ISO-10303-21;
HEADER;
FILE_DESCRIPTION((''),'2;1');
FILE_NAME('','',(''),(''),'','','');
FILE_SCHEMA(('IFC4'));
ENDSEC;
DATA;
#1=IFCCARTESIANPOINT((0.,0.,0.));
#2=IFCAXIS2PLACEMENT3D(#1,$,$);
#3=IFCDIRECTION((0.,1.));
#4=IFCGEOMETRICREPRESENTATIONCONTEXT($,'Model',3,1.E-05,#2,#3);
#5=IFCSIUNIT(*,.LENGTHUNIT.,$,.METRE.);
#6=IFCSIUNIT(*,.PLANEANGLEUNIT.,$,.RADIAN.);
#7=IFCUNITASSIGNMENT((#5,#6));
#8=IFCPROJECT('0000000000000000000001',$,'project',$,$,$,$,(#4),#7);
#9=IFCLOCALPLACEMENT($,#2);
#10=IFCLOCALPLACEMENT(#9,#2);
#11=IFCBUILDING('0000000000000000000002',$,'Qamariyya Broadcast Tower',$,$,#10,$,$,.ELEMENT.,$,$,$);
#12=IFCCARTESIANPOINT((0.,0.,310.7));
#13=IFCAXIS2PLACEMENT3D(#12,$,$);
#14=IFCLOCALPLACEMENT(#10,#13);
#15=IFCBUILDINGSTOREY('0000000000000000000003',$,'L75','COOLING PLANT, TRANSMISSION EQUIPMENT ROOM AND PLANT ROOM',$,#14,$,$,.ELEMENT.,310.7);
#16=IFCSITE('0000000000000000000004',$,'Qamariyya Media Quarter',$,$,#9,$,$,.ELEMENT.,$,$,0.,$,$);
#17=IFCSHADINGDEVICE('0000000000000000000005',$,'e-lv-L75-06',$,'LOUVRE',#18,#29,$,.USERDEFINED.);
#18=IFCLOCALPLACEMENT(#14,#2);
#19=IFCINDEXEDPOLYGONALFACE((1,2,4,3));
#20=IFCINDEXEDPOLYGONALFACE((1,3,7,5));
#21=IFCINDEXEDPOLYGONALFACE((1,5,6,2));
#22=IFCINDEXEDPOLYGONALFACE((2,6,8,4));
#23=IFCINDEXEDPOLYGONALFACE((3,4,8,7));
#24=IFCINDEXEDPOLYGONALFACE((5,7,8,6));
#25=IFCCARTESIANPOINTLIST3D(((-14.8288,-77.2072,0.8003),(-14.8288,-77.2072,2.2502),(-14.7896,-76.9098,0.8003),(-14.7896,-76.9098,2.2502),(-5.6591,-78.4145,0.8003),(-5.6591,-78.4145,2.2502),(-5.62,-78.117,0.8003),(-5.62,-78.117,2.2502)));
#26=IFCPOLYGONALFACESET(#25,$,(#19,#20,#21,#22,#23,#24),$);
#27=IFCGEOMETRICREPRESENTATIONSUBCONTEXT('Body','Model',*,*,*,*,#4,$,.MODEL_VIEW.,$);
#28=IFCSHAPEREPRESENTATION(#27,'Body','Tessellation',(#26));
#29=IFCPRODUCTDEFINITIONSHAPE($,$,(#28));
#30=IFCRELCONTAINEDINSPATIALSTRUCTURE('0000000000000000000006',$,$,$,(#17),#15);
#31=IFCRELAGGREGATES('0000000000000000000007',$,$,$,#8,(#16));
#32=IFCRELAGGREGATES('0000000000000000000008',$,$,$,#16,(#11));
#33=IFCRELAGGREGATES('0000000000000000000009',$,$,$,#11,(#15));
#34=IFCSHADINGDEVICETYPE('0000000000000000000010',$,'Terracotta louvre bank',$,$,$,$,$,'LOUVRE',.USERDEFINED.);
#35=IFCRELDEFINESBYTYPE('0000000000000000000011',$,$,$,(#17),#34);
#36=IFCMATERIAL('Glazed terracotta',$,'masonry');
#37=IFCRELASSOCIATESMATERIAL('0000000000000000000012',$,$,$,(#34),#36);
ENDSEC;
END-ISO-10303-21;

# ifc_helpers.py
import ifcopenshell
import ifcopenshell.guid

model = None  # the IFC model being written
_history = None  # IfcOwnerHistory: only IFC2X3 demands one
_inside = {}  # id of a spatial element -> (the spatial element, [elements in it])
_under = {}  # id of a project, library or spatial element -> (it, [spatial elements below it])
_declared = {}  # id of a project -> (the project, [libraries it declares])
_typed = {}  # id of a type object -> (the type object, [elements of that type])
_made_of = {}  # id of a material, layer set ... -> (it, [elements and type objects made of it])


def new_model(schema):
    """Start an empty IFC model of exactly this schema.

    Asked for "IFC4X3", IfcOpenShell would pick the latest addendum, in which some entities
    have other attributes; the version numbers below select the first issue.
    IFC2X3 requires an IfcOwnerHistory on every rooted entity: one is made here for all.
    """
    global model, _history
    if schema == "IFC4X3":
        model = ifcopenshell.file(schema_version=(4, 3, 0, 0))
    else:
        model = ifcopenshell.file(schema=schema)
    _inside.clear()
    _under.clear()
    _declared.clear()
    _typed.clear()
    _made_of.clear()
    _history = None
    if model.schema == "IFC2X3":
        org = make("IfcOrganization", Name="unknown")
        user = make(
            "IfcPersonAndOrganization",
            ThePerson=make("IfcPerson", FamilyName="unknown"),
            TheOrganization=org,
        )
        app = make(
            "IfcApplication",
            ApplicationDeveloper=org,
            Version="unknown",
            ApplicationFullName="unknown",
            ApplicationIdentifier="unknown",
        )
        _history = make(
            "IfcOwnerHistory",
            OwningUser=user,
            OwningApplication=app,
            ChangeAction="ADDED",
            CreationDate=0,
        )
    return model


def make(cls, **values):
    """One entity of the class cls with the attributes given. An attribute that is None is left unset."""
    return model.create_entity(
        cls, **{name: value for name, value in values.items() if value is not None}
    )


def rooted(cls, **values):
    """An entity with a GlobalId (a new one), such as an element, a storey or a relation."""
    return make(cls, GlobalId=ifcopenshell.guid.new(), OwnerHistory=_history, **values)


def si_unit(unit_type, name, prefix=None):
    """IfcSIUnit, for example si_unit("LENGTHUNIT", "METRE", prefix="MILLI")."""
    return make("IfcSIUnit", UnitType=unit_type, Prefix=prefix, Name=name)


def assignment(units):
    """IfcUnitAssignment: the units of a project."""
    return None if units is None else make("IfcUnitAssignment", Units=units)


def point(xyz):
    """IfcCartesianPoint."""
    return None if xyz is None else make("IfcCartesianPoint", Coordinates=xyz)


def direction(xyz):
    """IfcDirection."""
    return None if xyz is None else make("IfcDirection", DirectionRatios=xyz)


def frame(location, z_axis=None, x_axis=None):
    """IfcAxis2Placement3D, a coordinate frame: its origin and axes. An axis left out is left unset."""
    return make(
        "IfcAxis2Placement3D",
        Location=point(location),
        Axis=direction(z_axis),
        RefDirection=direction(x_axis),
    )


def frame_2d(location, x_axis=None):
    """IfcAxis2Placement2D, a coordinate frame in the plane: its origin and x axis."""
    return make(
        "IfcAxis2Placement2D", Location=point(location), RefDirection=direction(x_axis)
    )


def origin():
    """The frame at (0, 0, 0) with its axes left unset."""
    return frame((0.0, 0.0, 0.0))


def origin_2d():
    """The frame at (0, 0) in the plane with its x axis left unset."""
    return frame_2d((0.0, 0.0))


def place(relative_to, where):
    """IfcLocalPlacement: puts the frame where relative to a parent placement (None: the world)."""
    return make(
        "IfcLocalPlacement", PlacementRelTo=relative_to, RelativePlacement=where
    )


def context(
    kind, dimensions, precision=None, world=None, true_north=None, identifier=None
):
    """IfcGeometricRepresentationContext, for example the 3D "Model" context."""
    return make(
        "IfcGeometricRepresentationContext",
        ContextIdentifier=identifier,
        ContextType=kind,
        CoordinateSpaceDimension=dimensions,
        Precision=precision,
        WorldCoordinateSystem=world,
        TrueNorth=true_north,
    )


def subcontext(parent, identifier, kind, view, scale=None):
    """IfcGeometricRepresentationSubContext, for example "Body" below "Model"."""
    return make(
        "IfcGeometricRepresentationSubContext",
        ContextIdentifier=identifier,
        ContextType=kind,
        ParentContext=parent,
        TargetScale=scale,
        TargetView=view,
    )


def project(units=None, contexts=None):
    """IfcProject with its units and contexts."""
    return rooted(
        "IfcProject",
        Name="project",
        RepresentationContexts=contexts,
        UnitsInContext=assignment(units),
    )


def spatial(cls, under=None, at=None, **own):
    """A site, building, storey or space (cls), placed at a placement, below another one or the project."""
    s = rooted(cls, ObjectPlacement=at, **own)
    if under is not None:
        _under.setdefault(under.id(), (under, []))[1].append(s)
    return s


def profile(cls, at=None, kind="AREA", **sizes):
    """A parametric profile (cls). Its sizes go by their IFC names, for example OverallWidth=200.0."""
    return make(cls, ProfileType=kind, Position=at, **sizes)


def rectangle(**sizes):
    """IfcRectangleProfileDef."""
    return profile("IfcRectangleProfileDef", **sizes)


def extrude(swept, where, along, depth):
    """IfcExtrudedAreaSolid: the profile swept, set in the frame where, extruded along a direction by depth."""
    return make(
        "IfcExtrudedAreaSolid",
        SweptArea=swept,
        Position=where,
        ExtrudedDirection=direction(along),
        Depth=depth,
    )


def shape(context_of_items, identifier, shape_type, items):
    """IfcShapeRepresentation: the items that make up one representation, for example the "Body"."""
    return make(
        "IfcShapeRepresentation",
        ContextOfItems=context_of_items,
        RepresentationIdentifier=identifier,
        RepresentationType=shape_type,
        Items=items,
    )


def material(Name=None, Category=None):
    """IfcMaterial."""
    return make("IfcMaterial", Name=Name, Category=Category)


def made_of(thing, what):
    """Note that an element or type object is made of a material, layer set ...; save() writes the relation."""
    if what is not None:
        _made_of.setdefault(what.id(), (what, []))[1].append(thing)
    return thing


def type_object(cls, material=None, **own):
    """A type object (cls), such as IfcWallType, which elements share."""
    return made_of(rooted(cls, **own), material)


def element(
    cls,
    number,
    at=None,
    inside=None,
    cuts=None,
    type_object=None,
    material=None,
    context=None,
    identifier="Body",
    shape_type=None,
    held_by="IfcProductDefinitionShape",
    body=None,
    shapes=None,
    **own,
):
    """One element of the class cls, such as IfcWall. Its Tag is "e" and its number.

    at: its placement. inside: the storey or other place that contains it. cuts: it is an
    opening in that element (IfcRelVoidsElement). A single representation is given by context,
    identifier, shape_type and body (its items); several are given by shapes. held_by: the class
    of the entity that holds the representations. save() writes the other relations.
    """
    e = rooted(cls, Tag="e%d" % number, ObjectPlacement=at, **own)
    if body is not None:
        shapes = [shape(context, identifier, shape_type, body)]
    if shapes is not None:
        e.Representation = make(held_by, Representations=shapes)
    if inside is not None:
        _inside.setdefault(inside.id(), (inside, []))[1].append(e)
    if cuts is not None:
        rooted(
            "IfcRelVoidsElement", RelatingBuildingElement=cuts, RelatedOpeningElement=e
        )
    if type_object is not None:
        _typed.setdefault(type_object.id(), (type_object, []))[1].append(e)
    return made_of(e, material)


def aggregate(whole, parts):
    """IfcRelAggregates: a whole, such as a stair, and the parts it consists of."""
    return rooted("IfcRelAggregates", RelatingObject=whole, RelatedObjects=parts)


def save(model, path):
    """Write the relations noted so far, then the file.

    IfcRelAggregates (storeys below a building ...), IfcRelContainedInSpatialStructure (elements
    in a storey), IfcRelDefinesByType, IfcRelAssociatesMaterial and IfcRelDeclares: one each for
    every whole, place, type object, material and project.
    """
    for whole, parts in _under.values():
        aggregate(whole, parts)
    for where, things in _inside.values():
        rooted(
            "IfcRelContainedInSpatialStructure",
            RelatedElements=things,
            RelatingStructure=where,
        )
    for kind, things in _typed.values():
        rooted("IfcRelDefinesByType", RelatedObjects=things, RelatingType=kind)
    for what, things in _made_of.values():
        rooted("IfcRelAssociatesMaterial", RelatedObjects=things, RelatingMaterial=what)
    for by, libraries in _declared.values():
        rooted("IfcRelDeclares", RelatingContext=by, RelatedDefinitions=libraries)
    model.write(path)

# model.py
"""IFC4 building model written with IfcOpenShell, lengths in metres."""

from ifc_helpers import new_model, si_unit, direction, frame, origin, origin_2d, place, context, subcontext, project, spatial, rectangle, extrude, material, type_object, element, save


model = new_model("IFC4")

# Units and contexts
model_context = context("Model", 3, precision=1e-05, world=origin(), true_north=direction((0.0, 1.0)))
body_context = subcontext(model_context, "Body", "Model", "MODEL_VIEW")
ifc_project = project(units=[si_unit("LENGTHUNIT", "METRE"), si_unit("PLANEANGLEUNIT", "RADIAN")], contexts=[model_context])

# Site, building, storey
site_placement = place(None, origin())
site = spatial("IfcSite", under=ifc_project, at=site_placement, Name="Qamariyya Media Quarter", CompositionType="ELEMENT", RefElevation=0.0)
building_placement = place(site_placement, origin())
building = spatial("IfcBuilding", under=site, at=building_placement, Name="Qamariyya Broadcast Tower", CompositionType="ELEMENT")
storey_placement = place(building_placement, frame((0.0, 0.0, 310.7)))
storey = spatial("IfcBuildingStorey", under=building, at=storey_placement, Name="L75", Description="COOLING PLANT, TRANSMISSION EQUIPMENT ROOM AND PLANT ROOM", CompositionType="ELEMENT", Elevation=310.7)

# Shading device
ifc_material_1 = material(Name="Glazed terracotta", Category="masonry")
shading_device_type = type_object("IfcShadingDeviceType", Name="Terracotta louvre bank", ElementType="LOUVRE", PredefinedType="USERDEFINED", material=ifc_material_1)
shading_device_placement = place(storey_placement, frame((-10.2244, -77.6621, 0.8003), z_axis=(0.0, 0.0, 1.0), x_axis=(0.991445, -0.130526, 0.0)))
element("IfcShadingDevice", 1, at=shading_device_placement, inside=storey, type_object=shading_device_type, Name="e-lv-L75-06", ObjectType="LOUVRE", PredefinedType="USERDEFINED", context=body_context, shape_type="SweptSolid", body=[
    extrude(rectangle(XDim=9.2488, YDim=0.3, at=origin_2d()), origin(), (0.0, 0.0, 1.0), 1.45),
])

save(model, "model.ifc")
